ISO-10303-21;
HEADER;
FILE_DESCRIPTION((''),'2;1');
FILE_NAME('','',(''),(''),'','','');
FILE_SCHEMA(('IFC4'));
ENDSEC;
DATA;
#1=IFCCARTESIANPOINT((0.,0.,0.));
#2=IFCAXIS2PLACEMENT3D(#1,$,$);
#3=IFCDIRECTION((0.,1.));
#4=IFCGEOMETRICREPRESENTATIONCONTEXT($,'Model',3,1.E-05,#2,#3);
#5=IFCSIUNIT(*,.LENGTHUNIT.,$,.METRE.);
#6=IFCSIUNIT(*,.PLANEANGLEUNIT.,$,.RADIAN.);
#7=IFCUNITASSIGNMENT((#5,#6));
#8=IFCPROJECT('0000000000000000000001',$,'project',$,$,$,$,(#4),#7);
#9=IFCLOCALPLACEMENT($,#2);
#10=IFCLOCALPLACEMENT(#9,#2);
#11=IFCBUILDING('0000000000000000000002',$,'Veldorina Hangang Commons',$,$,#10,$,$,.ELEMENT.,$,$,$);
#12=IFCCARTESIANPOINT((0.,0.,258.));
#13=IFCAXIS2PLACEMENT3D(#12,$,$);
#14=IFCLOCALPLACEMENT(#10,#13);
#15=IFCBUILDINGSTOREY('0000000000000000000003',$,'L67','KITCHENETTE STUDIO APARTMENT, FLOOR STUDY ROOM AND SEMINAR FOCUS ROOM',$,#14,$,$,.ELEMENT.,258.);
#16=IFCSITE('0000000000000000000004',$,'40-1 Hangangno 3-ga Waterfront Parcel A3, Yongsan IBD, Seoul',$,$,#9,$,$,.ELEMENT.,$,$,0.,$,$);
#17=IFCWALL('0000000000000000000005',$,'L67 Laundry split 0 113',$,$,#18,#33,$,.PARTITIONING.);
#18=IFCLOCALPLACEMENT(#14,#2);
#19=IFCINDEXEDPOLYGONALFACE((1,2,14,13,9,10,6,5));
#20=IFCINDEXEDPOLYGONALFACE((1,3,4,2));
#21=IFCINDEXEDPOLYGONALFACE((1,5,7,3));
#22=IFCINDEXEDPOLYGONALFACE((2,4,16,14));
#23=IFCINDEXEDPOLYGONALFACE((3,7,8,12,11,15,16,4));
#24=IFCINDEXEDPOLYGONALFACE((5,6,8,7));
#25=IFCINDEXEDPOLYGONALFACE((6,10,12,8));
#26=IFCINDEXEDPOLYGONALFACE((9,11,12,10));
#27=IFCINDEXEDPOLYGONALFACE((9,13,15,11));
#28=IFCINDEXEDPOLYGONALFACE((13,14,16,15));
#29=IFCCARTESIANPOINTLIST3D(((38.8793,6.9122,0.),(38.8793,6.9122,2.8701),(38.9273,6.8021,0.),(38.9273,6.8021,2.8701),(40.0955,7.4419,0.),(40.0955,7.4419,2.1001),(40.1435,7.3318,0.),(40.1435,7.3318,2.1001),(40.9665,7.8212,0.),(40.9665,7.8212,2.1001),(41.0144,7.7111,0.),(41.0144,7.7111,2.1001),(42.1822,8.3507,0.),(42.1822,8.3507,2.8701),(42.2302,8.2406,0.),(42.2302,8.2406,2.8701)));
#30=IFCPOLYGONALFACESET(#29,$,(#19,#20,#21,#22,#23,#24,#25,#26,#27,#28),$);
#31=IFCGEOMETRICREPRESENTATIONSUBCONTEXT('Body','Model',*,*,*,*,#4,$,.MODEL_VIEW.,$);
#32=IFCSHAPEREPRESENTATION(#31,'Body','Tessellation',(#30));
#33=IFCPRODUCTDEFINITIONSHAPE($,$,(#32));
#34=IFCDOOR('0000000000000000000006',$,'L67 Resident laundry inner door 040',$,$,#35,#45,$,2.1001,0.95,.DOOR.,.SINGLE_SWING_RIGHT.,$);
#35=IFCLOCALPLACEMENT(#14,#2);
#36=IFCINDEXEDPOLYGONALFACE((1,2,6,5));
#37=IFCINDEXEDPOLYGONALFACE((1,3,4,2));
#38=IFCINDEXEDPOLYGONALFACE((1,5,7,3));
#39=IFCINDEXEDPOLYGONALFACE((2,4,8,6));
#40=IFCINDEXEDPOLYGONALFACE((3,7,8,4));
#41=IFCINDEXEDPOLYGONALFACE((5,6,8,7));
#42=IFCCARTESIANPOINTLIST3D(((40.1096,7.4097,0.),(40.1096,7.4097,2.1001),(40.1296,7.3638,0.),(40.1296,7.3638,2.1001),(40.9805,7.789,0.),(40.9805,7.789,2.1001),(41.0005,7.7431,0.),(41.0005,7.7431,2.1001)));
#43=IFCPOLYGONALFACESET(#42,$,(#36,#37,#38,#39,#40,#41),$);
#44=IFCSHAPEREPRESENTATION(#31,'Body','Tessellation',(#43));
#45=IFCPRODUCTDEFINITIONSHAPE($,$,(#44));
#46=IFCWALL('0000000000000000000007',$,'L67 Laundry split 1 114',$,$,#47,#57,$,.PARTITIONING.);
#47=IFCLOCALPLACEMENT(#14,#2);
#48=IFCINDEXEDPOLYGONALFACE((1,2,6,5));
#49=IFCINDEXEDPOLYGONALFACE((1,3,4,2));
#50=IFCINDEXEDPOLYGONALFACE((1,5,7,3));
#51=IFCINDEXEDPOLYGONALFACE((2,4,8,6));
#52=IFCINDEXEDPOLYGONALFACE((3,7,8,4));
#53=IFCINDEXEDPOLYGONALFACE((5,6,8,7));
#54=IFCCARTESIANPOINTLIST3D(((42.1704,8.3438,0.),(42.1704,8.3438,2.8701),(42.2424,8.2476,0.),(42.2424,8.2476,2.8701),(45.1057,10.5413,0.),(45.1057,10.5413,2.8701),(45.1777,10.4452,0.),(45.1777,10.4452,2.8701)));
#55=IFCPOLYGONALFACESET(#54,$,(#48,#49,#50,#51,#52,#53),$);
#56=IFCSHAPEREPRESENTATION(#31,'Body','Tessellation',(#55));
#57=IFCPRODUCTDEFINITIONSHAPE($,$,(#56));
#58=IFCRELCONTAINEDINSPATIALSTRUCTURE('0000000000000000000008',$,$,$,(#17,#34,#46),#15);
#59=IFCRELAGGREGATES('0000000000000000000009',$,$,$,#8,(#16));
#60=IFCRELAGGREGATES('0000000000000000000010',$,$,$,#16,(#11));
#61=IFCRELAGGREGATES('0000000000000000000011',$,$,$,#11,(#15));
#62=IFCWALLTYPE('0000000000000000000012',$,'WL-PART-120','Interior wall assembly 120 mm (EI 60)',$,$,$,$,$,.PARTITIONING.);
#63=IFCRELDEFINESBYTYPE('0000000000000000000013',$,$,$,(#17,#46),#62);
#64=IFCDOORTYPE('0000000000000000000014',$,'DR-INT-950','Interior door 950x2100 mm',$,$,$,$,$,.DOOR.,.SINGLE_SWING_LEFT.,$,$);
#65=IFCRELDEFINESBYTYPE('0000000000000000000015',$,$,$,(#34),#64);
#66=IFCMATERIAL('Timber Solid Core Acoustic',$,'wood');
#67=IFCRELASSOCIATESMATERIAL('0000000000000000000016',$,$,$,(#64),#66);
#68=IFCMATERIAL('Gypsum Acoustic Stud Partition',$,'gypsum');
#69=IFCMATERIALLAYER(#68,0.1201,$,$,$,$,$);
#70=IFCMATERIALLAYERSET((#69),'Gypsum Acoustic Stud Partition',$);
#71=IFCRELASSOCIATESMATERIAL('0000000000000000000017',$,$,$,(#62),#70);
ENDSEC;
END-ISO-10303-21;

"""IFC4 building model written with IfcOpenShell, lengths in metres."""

from ifc_helpers import new_model, si_unit, direction, frame, frame_2d, origin, place, context, subcontext, project, spatial, rectangle, extrude, material, layer, layer_set, type_object, element, fill, save


model = new_model("IFC4")

# Units and contexts
model_context = context("Model", 3, precision=1e-05, world=origin(), true_north=direction((0.0, 1.0)))
body_context = subcontext(model_context, "Body", "Model", "MODEL_VIEW")
ifc_project = project(units=[si_unit("LENGTHUNIT", "METRE"), si_unit("PLANEANGLEUNIT", "RADIAN")], contexts=[model_context])

# Site, building, storey
site_placement = place(None, origin())
site = spatial("IfcSite", under=ifc_project, at=site_placement, Name="40-1 Hangangno 3-ga Waterfront Parcel A3, Yongsan IBD, Seoul", CompositionType="ELEMENT", RefElevation=0.0)
building_placement = place(site_placement, origin())
building = spatial("IfcBuilding", under=site, at=building_placement, Name="Veldorina Hangang Commons", CompositionType="ELEMENT")
storey_placement = place(building_placement, frame((0.0, 0.0, 258.0)))
storey = spatial("IfcBuildingStorey", under=building, at=storey_placement, Name="L67", Description="KITCHENETTE STUDIO APARTMENT, FLOOR STUDY ROOM AND SEMINAR FOCUS ROOM", CompositionType="ELEMENT", Elevation=258.0)

# Shared definitions
ifc_material_1 = material(Name="Timber Solid Core Acoustic", Category="wood")

# Shared definitions
door_type_1 = type_object("IfcDoorType", Name="DR-INT-950", Description="Interior door 950x2100 mm", OperationType="SINGLE_SWING_LEFT", PredefinedType="DOOR", material=ifc_material_1)

# Wall, opening, door
ifc_material_2 = material(Name="Gypsum Acoustic Stud Partition", Category="gypsum")
ifc_layer_1 = layer(ifc_material_2, 0.1201)
ifc_layer_set_1 = layer_set([ifc_layer_1], Name="Gypsum Acoustic Stud Partition")
wall_type_1 = type_object("IfcWallType", Name="WL-PART-120", Description="Interior wall assembly 120 mm (EI 60)", PredefinedType="PARTITIONING", material=ifc_layer_set_1)
wall_1_placement = place(storey_placement, frame((38.9033, 6.8572, 0.0), z_axis=(0.0, 0.0, 1.0), x_axis=(0.916826, 0.399286, 0.0)))
wall_1 = element("IfcWall", 1, at=wall_1_placement, inside=storey, type_object=wall_type_1, Name="L67 Laundry split 0 113", PredefinedType="PARTITIONING", context=body_context, shape_type="SweptSolid", body=[
    extrude(rectangle(XDim=3.6025, YDim=0.1201, at=frame_2d((1.8013, 0.0))), origin(), (0.0, 0.0, 1.0), 2.8701),
])
opening_1_placement = place(wall_1_placement, frame((1.3264, 0.0, 0.0)))
opening_1 = element("IfcOpeningElement", 2, at=opening_1_placement, cuts=wall_1, PredefinedType="OPENING", context=body_context, shape_type="SweptSolid", body=[
    extrude(rectangle(XDim=0.95, YDim=2.1001, at=frame_2d((0.4751, 1.05))), frame((0.0, 0.0701, 0.0), z_axis=(0.0, -1.0, 0.0), x_axis=(1.0, 0.0, 0.0)), (0.0, 0.0, 1.0), 0.1401),
])
door_1_placement = place(opening_1_placement, origin())
door_1 = element("IfcDoor", 3, at=door_1_placement, inside=storey, type_object=door_type_1, Name="L67 Resident laundry inner door 040", OperationType="SINGLE_SWING_RIGHT", OverallHeight=2.1001, OverallWidth=0.95, PredefinedType="DOOR", context=body_context, shape_type="SweptSolid", body=[
    extrude(rectangle(XDim=0.95, YDim=2.1001, at=frame_2d((0.4751, 1.05))), frame((0.0, 0.0249, 0.0), z_axis=(0.0, -1.0, 0.0), x_axis=(1.0, 0.0, 0.0)), (0.0, 0.0, 1.0), 0.05),
])
fill(opening_1, door_1)

# Wall
wall_2_placement = place(storey_placement, frame((42.2063, 8.2957, 0.0), z_axis=(0.0, 0.0, 1.0), x_axis=(0.800519, 0.599307, 0.0)))
element("IfcWall", 4, at=wall_2_placement, inside=storey, type_object=wall_type_1, Name="L67 Laundry split 1 114", PredefinedType="PARTITIONING", context=body_context, shape_type="SweptSolid", body=[
    extrude(rectangle(XDim=3.6667, YDim=0.1201, at=frame_2d((1.8335, 0.0))), origin(), (0.0, 0.0, 1.0), 2.8701),
])

save(model, "model.ifc")
